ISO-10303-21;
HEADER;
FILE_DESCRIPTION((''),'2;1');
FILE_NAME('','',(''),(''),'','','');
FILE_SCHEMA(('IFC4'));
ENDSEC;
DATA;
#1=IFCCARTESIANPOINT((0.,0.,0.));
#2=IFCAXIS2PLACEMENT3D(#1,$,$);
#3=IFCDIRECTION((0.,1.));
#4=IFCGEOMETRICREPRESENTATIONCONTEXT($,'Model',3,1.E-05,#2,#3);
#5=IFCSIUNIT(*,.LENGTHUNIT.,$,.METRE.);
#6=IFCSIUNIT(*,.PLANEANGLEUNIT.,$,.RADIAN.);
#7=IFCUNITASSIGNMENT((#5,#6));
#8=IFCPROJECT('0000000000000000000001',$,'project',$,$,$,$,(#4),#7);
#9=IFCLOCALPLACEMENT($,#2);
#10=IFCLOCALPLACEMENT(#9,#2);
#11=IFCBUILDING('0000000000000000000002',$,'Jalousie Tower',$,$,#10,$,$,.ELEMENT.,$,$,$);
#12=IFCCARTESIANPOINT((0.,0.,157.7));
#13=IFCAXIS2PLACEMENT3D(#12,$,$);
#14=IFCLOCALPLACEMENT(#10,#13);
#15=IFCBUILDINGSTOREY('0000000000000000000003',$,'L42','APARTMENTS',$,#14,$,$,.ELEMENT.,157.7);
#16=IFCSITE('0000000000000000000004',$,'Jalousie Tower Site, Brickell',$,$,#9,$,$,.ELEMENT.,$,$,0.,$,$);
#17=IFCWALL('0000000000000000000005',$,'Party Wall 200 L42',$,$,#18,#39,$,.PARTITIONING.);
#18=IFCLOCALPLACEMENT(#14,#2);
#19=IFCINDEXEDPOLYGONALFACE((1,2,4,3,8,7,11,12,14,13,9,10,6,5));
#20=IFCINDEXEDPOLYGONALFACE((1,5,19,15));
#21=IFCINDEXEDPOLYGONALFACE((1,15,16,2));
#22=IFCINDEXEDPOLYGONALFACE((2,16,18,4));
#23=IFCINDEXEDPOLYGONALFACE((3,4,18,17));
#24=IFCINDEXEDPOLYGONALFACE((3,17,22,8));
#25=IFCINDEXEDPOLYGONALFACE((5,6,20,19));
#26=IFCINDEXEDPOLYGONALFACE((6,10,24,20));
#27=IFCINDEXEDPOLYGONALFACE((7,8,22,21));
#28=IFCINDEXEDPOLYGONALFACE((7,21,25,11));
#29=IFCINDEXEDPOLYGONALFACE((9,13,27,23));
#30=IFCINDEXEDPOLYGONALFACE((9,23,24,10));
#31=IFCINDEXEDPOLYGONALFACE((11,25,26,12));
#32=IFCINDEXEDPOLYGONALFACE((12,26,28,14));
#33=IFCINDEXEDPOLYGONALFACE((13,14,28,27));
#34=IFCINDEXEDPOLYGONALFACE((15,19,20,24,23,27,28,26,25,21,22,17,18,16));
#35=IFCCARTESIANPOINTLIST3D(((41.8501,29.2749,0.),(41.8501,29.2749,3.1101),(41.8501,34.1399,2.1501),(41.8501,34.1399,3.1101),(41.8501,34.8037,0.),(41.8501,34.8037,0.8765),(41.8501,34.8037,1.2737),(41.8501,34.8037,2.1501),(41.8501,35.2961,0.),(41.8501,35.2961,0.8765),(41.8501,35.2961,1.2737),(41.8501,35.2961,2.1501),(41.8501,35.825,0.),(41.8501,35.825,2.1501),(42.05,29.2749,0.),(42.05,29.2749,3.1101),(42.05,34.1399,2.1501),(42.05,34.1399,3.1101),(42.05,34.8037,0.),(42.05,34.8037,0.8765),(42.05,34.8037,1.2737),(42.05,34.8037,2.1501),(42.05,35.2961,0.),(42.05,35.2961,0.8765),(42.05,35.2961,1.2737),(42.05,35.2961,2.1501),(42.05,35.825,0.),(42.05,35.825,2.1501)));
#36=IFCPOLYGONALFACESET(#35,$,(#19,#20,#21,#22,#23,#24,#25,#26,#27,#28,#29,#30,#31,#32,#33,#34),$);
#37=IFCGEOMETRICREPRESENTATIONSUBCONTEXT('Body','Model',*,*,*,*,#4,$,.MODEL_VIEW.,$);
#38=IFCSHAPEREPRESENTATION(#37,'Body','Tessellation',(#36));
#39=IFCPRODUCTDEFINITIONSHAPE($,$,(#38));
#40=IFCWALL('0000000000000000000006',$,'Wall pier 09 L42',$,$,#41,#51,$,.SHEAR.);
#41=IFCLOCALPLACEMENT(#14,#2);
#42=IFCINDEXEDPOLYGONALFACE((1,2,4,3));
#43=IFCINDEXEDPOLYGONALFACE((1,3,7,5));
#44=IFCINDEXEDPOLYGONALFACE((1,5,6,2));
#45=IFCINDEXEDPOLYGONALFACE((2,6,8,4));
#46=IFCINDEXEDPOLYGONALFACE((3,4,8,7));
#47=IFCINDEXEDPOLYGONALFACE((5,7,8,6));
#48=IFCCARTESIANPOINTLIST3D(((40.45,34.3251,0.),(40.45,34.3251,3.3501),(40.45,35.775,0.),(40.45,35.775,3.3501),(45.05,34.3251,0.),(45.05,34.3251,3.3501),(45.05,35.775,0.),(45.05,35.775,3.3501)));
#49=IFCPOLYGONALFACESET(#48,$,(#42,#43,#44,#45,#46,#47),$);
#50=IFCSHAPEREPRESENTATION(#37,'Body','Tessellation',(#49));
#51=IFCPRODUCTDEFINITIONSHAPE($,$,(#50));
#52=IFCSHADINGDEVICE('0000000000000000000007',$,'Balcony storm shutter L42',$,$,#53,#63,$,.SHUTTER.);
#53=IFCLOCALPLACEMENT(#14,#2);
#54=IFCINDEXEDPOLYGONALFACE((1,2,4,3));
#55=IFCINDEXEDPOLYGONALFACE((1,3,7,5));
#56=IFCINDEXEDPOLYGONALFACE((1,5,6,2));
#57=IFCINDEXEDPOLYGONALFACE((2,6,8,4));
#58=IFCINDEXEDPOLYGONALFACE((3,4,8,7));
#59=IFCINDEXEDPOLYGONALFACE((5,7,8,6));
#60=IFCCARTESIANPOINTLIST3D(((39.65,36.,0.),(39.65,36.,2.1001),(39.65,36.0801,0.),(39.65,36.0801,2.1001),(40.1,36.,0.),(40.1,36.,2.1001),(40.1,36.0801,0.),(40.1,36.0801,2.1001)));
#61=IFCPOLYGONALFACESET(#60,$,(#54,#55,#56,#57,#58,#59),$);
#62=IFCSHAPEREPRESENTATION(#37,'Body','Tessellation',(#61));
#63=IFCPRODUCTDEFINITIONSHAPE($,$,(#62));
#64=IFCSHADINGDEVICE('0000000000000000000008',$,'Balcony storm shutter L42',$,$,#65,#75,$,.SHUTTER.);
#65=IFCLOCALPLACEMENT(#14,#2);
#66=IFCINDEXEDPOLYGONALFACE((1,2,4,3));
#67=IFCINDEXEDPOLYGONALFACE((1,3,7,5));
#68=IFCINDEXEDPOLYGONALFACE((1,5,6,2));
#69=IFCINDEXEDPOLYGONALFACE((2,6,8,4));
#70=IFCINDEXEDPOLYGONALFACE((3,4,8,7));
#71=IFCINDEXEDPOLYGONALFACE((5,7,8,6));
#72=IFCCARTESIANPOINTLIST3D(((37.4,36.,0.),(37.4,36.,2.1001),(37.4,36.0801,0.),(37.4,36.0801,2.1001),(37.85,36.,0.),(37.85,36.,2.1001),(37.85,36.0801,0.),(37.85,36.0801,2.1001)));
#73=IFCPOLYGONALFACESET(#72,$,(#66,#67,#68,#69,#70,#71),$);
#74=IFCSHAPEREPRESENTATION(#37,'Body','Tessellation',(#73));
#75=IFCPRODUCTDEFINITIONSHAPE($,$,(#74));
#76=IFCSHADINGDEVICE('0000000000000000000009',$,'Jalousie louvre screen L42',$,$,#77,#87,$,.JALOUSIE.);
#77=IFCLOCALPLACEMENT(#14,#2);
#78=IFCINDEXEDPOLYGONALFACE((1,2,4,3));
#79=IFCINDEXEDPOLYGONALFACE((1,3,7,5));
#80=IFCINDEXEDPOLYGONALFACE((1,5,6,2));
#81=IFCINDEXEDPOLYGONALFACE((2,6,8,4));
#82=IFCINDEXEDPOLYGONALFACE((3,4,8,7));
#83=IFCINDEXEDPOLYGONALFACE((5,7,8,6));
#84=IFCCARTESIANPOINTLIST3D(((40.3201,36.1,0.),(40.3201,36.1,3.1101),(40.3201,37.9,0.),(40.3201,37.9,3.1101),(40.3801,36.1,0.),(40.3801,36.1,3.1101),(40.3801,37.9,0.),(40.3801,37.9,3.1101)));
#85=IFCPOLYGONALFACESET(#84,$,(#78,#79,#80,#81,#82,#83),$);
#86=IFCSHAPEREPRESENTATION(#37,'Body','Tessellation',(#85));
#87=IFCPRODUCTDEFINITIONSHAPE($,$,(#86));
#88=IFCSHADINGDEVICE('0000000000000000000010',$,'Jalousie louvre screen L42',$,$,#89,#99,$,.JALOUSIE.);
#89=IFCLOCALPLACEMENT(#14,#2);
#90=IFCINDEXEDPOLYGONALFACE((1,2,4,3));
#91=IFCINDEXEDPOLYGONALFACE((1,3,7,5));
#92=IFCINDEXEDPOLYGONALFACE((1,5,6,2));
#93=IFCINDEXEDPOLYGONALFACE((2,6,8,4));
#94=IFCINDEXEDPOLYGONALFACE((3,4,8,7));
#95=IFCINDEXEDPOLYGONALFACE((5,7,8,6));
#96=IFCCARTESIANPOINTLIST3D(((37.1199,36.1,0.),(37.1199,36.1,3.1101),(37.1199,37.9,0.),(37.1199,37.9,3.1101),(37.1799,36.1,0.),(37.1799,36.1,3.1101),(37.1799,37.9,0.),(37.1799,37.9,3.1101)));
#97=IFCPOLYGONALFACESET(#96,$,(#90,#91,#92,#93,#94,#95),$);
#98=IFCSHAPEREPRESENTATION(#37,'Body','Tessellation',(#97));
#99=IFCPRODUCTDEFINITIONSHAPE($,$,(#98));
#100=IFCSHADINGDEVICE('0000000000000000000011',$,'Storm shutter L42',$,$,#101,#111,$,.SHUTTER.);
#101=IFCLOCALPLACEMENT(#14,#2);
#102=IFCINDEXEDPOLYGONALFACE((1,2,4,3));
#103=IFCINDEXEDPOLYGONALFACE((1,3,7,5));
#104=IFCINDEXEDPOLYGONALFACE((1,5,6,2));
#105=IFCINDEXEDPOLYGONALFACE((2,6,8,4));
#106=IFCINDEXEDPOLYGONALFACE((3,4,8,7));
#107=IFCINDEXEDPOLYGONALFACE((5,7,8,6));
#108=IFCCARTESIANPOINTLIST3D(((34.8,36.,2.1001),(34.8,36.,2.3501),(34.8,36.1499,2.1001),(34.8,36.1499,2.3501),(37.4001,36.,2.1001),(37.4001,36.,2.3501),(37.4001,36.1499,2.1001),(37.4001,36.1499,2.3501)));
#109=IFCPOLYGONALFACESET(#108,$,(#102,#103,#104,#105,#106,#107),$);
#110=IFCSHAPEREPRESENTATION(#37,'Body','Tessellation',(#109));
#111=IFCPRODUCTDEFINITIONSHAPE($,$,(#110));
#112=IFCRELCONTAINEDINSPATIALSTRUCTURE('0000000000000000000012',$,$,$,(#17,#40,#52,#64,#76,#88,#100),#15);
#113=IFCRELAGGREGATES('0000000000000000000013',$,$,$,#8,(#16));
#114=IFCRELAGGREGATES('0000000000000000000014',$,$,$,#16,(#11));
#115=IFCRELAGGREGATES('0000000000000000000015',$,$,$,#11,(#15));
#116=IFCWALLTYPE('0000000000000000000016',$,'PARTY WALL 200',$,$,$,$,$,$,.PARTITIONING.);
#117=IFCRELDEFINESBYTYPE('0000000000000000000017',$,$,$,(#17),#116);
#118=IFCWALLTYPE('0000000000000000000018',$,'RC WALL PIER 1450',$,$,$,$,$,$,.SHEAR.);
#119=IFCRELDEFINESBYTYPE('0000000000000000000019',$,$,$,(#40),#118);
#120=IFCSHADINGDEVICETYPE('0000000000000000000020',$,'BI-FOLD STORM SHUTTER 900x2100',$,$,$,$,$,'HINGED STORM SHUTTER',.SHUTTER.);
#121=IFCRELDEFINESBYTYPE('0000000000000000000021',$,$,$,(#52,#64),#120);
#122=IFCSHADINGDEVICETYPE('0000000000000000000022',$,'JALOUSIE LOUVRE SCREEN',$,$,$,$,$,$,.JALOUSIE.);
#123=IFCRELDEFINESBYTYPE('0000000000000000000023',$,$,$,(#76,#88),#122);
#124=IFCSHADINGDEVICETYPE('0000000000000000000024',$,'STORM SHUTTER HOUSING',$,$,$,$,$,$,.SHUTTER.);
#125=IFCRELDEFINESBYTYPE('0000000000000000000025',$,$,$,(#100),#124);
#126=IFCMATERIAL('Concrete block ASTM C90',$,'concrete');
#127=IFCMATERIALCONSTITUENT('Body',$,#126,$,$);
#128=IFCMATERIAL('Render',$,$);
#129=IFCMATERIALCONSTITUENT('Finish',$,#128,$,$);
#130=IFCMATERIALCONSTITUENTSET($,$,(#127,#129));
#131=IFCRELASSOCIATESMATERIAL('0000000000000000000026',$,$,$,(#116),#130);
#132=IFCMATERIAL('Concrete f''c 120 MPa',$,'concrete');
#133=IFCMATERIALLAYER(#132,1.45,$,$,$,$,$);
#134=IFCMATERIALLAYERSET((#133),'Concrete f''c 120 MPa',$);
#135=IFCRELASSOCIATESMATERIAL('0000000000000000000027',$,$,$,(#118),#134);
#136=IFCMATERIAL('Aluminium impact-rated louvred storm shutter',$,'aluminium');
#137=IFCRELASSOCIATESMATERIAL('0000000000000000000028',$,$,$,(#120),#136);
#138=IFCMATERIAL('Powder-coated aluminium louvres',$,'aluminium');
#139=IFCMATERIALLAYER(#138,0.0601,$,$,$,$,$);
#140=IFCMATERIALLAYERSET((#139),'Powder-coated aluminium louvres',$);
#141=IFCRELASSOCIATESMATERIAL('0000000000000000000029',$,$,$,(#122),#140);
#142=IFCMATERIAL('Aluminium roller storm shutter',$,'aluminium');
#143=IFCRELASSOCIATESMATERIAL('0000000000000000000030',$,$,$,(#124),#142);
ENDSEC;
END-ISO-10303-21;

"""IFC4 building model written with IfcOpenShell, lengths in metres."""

from ifc_helpers import new_model, si_unit, direction, frame, frame_2d, origin, origin_2d, place, context, subcontext, project, spatial, polyline, rectangle, outline, extrude, material, layer, layer_set, constituent, constituent_set, type_object, element, save


model = new_model("IFC4")

# Units and contexts
model_context = context("Model", 3, precision=1e-05, world=origin(), true_north=direction((0.0, 1.0)))
body_context = subcontext(model_context, "Body", "Model", "MODEL_VIEW")
ifc_project = project(units=[si_unit("LENGTHUNIT", "METRE"), si_unit("PLANEANGLEUNIT", "RADIAN")], contexts=[model_context])

# Site, building, storey
site_placement = place(None, origin())
site = spatial("IfcSite", under=ifc_project, at=site_placement, Name="Jalousie Tower Site, Brickell", CompositionType="ELEMENT", RefElevation=0.0)
building_placement = place(site_placement, origin())
building = spatial("IfcBuilding", under=site, at=building_placement, Name="Jalousie Tower", CompositionType="ELEMENT")
storey_placement = place(building_placement, frame((0.0, 0.0, 157.7)))
storey = spatial("IfcBuildingStorey", under=building, at=storey_placement, Name="L42", Description="APARTMENTS", CompositionType="ELEMENT", Elevation=157.7)

# Walls
ifc_material_1 = material(Name="Concrete block ASTM C90", Category="concrete")
ifc_constituent_1 = constituent(ifc_material_1, Name="Body")
ifc_material_2 = material(Name="Render")
ifc_constituent_2 = constituent(ifc_material_2, Name="Finish")
ifc_constituent_set_1 = constituent_set(constituents=[ifc_constituent_1, ifc_constituent_2])
wall_type_1 = type_object("IfcWallType", Name="PARTY WALL 200", PredefinedType="PARTITIONING", material=ifc_constituent_set_1)
wall_1_placement = place(storey_placement, frame((41.95, 35.825, 0.0), z_axis=(0.0, 0.0, 1.0), x_axis=(0.0, -1.0, 0.0)))
element("IfcWall", 1, at=wall_1_placement, inside=storey, type_object=wall_type_1, Name="Party Wall 200 L42", PredefinedType="PARTITIONING", context=body_context, shape_type="SweptSolid", body=[
    extrude(outline(polyline([(0.5288, 2.1501), (0.0, 2.1501), (0.0, 0.0), (0.5288, 0.0), (0.5288, 0.8765), (1.0212, 0.8765), (1.0212, 0.0), (6.55, 0.0), (6.55, 3.1101), (1.6851, 3.1101), (1.6851, 2.1501), (1.0212, 2.1501), (1.0212, 1.2737), (0.5288, 1.2737), (0.5288, 2.1501)])), frame((0.0, 0.1001, 0.0), z_axis=(0.0, -1.0, 0.0), x_axis=(1.0, 0.0, 0.0)), (0.0, 0.0, 1.0), 0.2),
])
ifc_material_3 = material(Name="Concrete f'c 120 MPa", Category="concrete")
ifc_layer_1 = layer(ifc_material_3, 1.45)
ifc_layer_set_1 = layer_set([ifc_layer_1], Name="Concrete f'c 120 MPa")
wall_type_2 = type_object("IfcWallType", Name="RC WALL PIER 1450", PredefinedType="SHEAR", material=ifc_layer_set_1)
wall_2_placement = place(storey_placement, frame((40.45, 35.05, 0.0), z_axis=(0.0, 0.0, 1.0), x_axis=(1.0, 0.0, 0.0)))
element("IfcWall", 2, at=wall_2_placement, inside=storey, type_object=wall_type_2, Name="Wall pier 09 L42", PredefinedType="SHEAR", context=body_context, shape_type="SweptSolid", body=[
    extrude(rectangle(XDim=4.6001, YDim=1.45, at=frame_2d((2.3, 0.0))), origin(), (0.0, 0.0, 1.0), 3.3501),
])

# Shading devices
ifc_material_4 = material(Name="Aluminium impact-rated louvred storm shutter", Category="aluminium")
shading_device_type_1 = type_object("IfcShadingDeviceType", Name="BI-FOLD STORM SHUTTER 900x2100", ElementType="HINGED STORM SHUTTER", PredefinedType="SHUTTER", material=ifc_material_4)
for number, where, z_axis, x_axis, name in (
    (3, (39.875, 36.04, 0.0), (0.0, 0.0, 1.0), (-1.0, 0.0, 0.0), "Balcony storm shutter L42"),
    (4, (37.625, 36.04, 0.0), (0.0, 0.0, 1.0), (-1.0, 0.0, 0.0), "Balcony storm shutter L42"),
):
    element("IfcShadingDevice", number, at=place(storey_placement, frame(where, z_axis=z_axis, x_axis=x_axis)), inside=storey, type_object=shading_device_type_1, Name=name, PredefinedType="SHUTTER", context=body_context, shape_type="SweptSolid", body=[
        extrude(rectangle(XDim=0.45, YDim=0.0801, at=origin_2d()), origin(), (0.0, 0.0, 1.0), 2.1001),
    ])

# Shading devices
ifc_material_5 = material(Name="Powder-coated aluminium louvres", Category="aluminium")
ifc_layer_2 = layer(ifc_material_5, 0.0601)
ifc_layer_set_2 = layer_set([ifc_layer_2], Name="Powder-coated aluminium louvres")
shading_device_type_2 = type_object("IfcShadingDeviceType", Name="JALOUSIE LOUVRE SCREEN", PredefinedType="JALOUSIE", material=ifc_layer_set_2)
for number, where, z_axis, x_axis, name in (
    (5, (40.3501, 37.0, 0.0), (0.0, 0.0, 1.0), (-1.0, 0.0, 0.0), "Jalousie louvre screen L42"),
    (6, (37.1499, 37.0, 0.0), (0.0, 0.0, 1.0), (-1.0, 0.0, 0.0), "Jalousie louvre screen L42"),
):
    element("IfcShadingDevice", number, at=place(storey_placement, frame(where, z_axis=z_axis, x_axis=x_axis)), inside=storey, type_object=shading_device_type_2, Name=name, PredefinedType="JALOUSIE", context=body_context, shape_type="SweptSolid", body=[
        extrude(rectangle(XDim=0.0601, YDim=1.8, at=origin_2d()), origin(), (0.0, 0.0, 1.0), 3.1101),
    ])
ifc_material_6 = material(Name="Aluminium roller storm shutter", Category="aluminium")
shading_device_type_3 = type_object("IfcShadingDeviceType", Name="STORM SHUTTER HOUSING", PredefinedType="SHUTTER", material=ifc_material_6)
shading_device_placement = place(storey_placement, frame((36.1001, 36.075, 2.1001), z_axis=(0.0, 0.0, 1.0), x_axis=(-1.0, 0.0, 0.0)))
element("IfcShadingDevice", 7, at=shading_device_placement, inside=storey, type_object=shading_device_type_3, Name="Storm shutter L42", PredefinedType="SHUTTER", context=body_context, shape_type="SweptSolid", body=[
    extrude(rectangle(XDim=2.6001, YDim=0.1499, at=origin_2d()), origin(), (0.0, 0.0, 1.0), 0.25),
])

save(model, "model.ifc")
